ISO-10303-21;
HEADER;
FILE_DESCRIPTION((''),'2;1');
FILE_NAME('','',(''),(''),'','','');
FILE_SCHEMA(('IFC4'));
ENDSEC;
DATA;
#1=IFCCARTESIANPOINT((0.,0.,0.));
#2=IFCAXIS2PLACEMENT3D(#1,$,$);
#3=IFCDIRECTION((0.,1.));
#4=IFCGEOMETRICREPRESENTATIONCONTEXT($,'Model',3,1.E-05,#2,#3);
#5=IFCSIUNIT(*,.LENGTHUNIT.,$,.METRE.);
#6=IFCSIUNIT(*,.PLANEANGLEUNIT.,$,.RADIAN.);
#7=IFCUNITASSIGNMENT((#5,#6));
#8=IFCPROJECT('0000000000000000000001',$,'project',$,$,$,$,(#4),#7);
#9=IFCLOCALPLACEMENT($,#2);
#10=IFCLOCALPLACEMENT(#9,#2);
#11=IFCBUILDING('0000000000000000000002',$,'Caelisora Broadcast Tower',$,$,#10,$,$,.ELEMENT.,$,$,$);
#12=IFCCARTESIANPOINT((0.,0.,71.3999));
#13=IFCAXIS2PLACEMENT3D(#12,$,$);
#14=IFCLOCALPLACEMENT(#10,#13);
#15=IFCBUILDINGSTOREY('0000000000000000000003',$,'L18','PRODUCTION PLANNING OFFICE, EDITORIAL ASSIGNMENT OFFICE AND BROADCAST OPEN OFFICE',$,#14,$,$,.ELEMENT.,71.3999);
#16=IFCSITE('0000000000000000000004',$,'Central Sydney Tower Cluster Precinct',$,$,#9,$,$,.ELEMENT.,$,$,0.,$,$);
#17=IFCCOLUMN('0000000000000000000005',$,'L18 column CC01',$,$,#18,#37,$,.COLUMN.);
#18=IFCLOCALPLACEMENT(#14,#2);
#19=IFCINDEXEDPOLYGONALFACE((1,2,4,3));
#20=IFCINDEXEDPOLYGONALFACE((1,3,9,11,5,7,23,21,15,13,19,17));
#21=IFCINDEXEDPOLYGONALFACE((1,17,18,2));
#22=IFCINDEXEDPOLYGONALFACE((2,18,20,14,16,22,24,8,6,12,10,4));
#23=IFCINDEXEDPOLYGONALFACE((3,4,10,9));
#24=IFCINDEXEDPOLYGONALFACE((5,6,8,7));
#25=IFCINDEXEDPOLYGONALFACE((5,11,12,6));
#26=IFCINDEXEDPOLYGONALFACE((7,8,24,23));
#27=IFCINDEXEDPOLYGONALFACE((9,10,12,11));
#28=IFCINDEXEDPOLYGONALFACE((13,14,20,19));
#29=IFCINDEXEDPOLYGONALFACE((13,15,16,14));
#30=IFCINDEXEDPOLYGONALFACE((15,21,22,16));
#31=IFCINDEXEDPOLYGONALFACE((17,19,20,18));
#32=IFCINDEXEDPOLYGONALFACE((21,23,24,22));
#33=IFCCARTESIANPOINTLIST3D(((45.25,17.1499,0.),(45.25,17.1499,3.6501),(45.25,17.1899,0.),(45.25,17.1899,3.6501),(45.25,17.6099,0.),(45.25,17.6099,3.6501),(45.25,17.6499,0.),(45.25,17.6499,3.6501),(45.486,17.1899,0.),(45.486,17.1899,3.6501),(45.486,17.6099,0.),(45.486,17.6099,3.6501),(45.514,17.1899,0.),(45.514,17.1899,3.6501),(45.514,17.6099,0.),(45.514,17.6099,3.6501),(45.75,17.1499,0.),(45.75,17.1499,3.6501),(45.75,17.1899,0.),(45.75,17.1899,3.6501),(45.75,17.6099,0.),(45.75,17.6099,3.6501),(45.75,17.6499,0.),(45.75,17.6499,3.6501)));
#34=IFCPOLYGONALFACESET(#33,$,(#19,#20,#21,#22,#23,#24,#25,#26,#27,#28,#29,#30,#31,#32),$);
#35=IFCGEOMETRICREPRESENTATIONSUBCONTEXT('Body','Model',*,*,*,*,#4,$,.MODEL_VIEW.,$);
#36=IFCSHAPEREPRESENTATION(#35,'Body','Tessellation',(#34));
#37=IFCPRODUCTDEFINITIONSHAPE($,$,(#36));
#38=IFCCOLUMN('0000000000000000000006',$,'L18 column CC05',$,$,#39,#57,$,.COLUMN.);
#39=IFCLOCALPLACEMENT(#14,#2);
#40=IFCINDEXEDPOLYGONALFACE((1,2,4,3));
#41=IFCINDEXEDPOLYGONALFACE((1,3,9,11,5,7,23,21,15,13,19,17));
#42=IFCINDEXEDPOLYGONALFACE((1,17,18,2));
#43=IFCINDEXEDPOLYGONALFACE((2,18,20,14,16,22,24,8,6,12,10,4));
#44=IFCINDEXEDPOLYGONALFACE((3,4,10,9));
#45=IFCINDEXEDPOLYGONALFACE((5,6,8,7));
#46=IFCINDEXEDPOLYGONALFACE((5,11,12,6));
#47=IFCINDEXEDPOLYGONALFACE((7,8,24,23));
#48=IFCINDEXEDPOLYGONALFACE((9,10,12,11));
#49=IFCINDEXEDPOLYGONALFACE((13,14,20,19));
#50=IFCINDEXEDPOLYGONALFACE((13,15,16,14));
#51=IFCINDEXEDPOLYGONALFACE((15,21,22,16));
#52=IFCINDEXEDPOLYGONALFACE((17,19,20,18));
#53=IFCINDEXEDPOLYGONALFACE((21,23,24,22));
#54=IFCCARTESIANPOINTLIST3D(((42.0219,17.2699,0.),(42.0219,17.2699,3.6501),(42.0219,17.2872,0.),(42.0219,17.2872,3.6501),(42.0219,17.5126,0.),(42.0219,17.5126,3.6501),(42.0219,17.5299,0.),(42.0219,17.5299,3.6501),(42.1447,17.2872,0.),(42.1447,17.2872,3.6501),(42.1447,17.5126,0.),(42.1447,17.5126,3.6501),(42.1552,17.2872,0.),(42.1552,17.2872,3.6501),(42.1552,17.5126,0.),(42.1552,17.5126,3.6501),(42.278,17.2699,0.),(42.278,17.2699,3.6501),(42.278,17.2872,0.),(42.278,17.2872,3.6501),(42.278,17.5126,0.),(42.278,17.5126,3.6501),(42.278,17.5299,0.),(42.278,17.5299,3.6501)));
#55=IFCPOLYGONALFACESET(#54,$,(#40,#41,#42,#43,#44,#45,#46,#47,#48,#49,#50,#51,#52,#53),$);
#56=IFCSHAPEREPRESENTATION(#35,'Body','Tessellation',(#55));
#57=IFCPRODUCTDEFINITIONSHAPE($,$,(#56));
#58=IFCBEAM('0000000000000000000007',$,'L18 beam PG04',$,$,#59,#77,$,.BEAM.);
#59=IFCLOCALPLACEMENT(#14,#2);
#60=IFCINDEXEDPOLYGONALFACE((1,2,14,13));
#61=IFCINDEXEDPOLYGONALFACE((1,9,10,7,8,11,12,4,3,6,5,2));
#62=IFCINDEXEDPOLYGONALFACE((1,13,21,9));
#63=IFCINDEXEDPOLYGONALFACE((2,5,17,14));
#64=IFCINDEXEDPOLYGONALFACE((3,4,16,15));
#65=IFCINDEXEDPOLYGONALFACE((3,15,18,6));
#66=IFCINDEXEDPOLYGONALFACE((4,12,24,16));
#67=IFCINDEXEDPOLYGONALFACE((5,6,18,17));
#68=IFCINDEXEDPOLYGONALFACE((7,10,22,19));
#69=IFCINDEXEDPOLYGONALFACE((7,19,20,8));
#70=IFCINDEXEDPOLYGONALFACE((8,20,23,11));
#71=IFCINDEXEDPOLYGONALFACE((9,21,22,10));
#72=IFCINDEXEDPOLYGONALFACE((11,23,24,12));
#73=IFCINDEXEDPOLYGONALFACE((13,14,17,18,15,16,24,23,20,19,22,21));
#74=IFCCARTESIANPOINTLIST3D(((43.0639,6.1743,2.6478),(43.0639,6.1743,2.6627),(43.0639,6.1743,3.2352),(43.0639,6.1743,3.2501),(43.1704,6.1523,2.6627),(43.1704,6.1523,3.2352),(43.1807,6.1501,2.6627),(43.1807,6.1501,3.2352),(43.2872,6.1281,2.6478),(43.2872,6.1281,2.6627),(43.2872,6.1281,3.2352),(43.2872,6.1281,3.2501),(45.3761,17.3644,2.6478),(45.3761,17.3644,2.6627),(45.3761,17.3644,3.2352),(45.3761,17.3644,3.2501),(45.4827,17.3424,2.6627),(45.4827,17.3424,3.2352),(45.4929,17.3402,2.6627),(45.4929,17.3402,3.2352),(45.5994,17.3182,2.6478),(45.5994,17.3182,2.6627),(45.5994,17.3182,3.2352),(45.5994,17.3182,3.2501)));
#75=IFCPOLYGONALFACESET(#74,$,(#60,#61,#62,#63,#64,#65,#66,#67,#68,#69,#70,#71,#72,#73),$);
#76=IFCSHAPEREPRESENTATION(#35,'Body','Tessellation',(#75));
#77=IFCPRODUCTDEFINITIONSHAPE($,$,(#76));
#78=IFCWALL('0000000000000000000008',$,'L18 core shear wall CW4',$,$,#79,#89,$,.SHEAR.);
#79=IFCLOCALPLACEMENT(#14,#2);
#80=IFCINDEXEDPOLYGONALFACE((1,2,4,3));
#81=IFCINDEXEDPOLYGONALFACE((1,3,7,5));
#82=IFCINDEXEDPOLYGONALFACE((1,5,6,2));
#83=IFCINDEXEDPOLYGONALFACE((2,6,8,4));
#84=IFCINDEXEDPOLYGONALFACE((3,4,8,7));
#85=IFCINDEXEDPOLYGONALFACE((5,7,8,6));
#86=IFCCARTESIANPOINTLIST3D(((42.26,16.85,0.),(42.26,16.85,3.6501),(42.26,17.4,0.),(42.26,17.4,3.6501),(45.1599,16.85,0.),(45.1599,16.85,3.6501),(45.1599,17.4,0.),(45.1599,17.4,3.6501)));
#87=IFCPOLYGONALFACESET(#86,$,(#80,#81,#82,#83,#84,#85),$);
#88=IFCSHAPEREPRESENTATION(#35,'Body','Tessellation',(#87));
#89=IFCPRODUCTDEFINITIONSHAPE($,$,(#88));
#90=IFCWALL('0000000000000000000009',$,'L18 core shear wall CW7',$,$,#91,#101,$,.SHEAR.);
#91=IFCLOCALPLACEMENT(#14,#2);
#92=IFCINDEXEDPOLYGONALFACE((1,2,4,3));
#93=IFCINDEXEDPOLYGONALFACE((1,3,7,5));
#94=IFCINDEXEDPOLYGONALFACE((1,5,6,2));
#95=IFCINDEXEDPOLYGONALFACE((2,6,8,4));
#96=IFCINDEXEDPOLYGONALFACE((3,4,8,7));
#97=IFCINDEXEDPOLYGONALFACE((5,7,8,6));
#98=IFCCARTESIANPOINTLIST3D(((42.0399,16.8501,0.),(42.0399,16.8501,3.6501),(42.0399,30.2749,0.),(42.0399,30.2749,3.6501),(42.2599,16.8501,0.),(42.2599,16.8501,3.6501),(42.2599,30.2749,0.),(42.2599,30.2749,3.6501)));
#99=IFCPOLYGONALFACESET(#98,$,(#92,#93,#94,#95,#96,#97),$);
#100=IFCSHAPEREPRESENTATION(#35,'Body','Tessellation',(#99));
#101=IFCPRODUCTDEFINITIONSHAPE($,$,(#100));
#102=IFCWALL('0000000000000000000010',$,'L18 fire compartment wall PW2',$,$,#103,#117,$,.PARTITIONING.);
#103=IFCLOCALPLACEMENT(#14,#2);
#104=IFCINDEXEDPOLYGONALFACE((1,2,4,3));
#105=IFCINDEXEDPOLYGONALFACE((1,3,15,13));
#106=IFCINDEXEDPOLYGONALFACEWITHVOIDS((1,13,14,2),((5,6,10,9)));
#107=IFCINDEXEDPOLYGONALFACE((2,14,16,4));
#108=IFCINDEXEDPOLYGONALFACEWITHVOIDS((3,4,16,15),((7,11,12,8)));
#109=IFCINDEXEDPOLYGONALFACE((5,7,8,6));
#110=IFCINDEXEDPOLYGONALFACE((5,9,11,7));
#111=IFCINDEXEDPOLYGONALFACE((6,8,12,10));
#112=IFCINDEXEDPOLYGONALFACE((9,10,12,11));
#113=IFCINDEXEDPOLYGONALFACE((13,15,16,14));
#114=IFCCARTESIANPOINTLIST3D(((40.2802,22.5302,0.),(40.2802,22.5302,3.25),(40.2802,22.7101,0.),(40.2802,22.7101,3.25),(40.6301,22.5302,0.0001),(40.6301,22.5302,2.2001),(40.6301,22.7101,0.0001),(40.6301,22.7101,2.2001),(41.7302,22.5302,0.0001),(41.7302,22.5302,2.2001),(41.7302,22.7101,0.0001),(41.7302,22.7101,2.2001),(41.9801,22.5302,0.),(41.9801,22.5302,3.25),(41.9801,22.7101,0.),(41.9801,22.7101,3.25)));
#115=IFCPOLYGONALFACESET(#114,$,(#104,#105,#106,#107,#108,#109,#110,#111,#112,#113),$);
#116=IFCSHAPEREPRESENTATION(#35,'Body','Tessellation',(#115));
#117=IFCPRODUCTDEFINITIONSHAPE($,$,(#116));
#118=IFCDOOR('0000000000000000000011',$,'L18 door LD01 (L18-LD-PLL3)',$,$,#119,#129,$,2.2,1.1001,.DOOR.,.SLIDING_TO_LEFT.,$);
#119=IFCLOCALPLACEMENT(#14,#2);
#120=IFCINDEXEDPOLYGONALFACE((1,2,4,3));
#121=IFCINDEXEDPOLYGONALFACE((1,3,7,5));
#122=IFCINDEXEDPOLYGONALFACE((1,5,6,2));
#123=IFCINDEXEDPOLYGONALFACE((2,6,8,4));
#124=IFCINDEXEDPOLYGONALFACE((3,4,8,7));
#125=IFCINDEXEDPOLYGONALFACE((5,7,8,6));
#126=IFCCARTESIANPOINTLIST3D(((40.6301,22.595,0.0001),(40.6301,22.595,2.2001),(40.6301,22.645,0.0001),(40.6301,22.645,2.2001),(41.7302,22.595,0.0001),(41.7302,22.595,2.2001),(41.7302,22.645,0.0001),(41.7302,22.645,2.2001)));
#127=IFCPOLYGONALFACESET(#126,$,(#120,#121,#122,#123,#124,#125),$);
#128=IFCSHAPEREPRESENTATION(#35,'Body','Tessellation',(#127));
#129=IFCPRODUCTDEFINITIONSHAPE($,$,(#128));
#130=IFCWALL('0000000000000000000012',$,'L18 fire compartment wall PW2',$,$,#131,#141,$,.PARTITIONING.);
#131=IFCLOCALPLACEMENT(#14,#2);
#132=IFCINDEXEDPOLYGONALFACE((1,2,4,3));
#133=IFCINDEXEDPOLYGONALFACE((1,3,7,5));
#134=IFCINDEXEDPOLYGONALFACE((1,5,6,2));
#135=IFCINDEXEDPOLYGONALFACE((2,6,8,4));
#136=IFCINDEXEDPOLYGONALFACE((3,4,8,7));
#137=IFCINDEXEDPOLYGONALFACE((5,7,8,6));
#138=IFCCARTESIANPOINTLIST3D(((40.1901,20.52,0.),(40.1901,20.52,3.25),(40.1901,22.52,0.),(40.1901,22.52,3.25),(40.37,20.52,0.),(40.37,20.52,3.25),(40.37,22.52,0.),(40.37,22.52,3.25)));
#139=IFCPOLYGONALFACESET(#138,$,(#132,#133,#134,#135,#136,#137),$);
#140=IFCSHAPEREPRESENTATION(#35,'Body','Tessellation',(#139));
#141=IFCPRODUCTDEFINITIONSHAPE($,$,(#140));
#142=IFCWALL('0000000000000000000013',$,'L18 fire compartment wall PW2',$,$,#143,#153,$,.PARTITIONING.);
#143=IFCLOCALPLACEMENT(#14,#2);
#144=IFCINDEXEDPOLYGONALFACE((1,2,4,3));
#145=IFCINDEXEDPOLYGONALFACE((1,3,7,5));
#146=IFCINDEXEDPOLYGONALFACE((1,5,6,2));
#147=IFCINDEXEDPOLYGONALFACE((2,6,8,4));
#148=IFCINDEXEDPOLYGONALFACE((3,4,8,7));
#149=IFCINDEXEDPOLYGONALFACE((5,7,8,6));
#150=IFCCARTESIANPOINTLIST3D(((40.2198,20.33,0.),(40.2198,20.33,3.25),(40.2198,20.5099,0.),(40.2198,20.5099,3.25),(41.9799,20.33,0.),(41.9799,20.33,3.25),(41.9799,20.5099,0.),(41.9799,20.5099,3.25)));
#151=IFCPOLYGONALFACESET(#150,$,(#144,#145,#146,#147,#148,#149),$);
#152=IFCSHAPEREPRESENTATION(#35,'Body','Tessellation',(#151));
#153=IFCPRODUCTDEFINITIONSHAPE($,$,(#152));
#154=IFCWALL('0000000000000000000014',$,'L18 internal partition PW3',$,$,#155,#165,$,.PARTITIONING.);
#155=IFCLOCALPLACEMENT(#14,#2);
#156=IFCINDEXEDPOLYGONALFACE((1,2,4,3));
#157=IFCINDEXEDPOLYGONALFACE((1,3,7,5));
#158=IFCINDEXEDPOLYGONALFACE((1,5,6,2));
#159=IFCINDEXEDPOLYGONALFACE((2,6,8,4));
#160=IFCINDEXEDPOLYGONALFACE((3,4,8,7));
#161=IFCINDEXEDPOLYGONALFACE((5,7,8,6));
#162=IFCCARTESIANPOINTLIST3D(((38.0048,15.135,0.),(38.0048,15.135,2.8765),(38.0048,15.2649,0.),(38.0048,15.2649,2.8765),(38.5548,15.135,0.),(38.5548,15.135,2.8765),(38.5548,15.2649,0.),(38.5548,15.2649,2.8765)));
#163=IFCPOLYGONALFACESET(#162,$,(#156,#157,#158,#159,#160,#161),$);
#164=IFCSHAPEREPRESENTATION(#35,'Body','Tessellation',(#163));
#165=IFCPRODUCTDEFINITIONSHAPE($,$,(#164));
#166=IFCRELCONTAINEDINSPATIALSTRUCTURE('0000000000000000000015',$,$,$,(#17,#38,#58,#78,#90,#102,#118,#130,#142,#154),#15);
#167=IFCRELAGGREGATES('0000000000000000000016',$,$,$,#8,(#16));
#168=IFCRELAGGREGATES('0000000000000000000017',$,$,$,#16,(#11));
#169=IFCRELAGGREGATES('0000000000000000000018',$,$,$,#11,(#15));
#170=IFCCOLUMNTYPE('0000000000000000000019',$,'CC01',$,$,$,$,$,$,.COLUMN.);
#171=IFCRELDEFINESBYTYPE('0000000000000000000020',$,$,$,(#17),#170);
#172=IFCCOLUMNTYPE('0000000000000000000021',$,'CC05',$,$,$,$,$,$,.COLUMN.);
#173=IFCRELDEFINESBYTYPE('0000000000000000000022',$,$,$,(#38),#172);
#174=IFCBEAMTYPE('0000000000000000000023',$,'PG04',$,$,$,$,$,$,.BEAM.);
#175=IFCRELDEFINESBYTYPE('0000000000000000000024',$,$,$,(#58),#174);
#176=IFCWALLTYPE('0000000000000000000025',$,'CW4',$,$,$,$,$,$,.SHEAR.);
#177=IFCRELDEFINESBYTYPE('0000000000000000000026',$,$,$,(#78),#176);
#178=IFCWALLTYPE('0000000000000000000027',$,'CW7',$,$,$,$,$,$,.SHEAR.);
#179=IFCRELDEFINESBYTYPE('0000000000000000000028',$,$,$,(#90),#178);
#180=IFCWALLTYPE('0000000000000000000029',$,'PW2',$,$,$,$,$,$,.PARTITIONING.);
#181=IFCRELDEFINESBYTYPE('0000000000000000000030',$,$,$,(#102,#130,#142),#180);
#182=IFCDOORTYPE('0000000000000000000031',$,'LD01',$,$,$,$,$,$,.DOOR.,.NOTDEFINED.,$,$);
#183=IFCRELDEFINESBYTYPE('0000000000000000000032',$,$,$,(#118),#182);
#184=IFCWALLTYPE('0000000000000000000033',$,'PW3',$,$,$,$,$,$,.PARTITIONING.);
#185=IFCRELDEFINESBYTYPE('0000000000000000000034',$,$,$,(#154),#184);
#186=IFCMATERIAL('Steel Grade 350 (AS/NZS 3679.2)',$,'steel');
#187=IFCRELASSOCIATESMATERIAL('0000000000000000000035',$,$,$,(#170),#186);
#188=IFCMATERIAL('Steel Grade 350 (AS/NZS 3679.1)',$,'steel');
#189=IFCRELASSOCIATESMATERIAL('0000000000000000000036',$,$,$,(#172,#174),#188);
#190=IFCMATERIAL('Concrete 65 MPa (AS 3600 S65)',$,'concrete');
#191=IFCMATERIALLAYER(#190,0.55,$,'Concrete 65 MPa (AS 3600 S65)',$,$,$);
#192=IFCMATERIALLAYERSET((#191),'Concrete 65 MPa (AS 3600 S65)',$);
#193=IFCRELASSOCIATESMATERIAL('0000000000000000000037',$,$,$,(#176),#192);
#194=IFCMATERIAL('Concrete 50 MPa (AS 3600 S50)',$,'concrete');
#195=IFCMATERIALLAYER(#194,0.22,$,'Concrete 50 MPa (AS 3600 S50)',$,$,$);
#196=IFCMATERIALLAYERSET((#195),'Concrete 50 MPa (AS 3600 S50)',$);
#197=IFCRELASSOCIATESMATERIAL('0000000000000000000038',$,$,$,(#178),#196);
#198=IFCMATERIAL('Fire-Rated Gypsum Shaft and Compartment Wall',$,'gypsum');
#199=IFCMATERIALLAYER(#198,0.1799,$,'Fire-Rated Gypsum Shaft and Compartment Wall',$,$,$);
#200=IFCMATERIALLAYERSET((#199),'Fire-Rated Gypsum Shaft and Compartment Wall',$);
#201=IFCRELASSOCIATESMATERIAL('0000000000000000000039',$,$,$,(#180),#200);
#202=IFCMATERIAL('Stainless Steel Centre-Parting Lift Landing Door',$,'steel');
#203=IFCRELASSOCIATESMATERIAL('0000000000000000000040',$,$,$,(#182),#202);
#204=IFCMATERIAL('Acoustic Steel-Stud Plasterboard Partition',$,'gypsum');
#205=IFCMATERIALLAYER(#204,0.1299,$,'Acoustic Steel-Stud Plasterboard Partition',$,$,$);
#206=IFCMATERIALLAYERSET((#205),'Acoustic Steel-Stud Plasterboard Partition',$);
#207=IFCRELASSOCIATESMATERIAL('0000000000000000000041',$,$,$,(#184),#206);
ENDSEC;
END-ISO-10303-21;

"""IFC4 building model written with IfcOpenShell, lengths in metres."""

from ifc_helpers import new_model, si_unit, direction, frame, frame_2d, origin, origin_2d, place, context, subcontext, project, spatial, rectangle, i_section, extrude, source, transform, mapped, material, layer, layer_set, material_profile, profile_set, type_object, type_shapes, element, fill, save


model = new_model("IFC4")

# Units and contexts
model_context = context("Model", 3, precision=1e-05, world=origin(), true_north=direction((0.0, 1.0)))
body_context = subcontext(model_context, "Body", "Model", "MODEL_VIEW")
ifc_project = project(units=[si_unit("LENGTHUNIT", "METRE"), si_unit("PLANEANGLEUNIT", "RADIAN")], contexts=[model_context])

# Site, building, storey
site_placement = place(None, origin())
site = spatial("IfcSite", under=ifc_project, at=site_placement, Name="Central Sydney Tower Cluster Precinct", CompositionType="ELEMENT", RefElevation=0.0)
building_placement = place(site_placement, origin())
building = spatial("IfcBuilding", under=site, at=building_placement, Name="Caelisora Broadcast Tower", CompositionType="ELEMENT")
storey_placement = place(building_placement, frame((0.0, 0.0, 71.3999)))
storey = spatial("IfcBuildingStorey", under=building, at=storey_placement, Name="L18", Description="PRODUCTION PLANNING OFFICE, EDITORIAL ASSIGNMENT OFFICE AND BROADCAST OPEN OFFICE", CompositionType="ELEMENT", Elevation=71.3999)

# Columns
ifc_material_1 = material(Name="Steel Grade 350 (AS/NZS 3679.2)", Category="steel")
ifc_material_profile_1 = material_profile(ifc_material_1, i_section(OverallWidth=0.5, OverallDepth=0.5, WebThickness=0.0281, FlangeThickness=0.04, at=origin_2d()), Name="Steel Grade 350 (AS/NZS 3679.2)")
ifc_profile_set_1 = profile_set([ifc_material_profile_1], Name="Steel Grade 350 (AS/NZS 3679.2)")
column_type_1 = type_object("IfcColumnType", Name="CC01", PredefinedType="COLUMN", material=ifc_profile_set_1)
shared_shape_1 = source(origin(), body_context, "Body", "SweptSolid", [
    extrude(i_section(OverallWidth=0.5, OverallDepth=0.5, WebThickness=0.0281, FlangeThickness=0.04, at=origin_2d()), origin(), (0.0, 0.0, 1.0), 3.6501),
])
type_shapes(column_type_1, [shared_shape_1])
column_1_placement = place(storey_placement, frame((45.5, 17.3999, 0.0), z_axis=(0.0, 0.0, 1.0), x_axis=(1.0, 0.0, 0.0)))
element("IfcColumn", 1, at=column_1_placement, inside=storey, type_object=column_type_1, Name="L18 column CC01", PredefinedType="COLUMN", context=body_context, shape_type="MappedRepresentation", body=[
    mapped(shared_shape_1, transform((0.0, 0.0, 0.0), scale=1.0)),
])
ifc_material_2 = material(Name="Steel Grade 350 (AS/NZS 3679.1)", Category="steel")
ifc_material_profile_2 = material_profile(ifc_material_2, i_section(OverallWidth=0.2561, OverallDepth=0.26, WebThickness=0.0105, FlangeThickness=0.0173, at=origin_2d()), Name="Steel Grade 350 (AS/NZS 3679.1)")
ifc_profile_set_2 = profile_set([ifc_material_profile_2], Name="Steel Grade 350 (AS/NZS 3679.1)")
column_type_2 = type_object("IfcColumnType", Name="CC05", PredefinedType="COLUMN", material=ifc_profile_set_2)
shared_shape_2 = source(origin(), body_context, "Body", "SweptSolid", [
    extrude(i_section(OverallWidth=0.2561, OverallDepth=0.26, WebThickness=0.0105, FlangeThickness=0.0173, at=origin_2d()), origin(), (0.0, 0.0, 1.0), 3.6501),
])
type_shapes(column_type_2, [shared_shape_2])
column_2_placement = place(storey_placement, frame((42.1499, 17.3999, 0.0), z_axis=(0.0, 0.0, 1.0), x_axis=(1.0, 0.0, 0.0)))
element("IfcColumn", 2, at=column_2_placement, inside=storey, type_object=column_type_2, Name="L18 column CC05", PredefinedType="COLUMN", context=body_context, shape_type="MappedRepresentation", body=[
    mapped(shared_shape_2, transform((0.0, 0.0, 0.0), scale=1.0)),
])

# Beam
ifc_material_profile_3 = material_profile(ifc_material_2, i_section(OverallWidth=0.228, OverallDepth=0.6023, WebThickness=0.0105, FlangeThickness=0.0149, at=origin_2d()), Name="Steel Grade 350 (AS/NZS 3679.1)")
ifc_profile_set_3 = profile_set([ifc_material_profile_3], Name="Steel Grade 350 (AS/NZS 3679.1)")
beam_type = type_object("IfcBeamType", Name="PG04", PredefinedType="BEAM", material=ifc_profile_set_3)
shared_shape_3 = source(origin(), body_context, "Body", "SweptSolid", [
    extrude(i_section(OverallWidth=0.228, OverallDepth=0.6023, WebThickness=0.0105, FlangeThickness=0.0149, at=origin_2d()), origin(), (0.0, 0.0, 1.0), 11.4265),
])
type_shapes(beam_type, [shared_shape_3])
beam_placement = place(storey_placement, frame((45.4878, 17.3413, 2.949), z_axis=(-0.202358, -0.979312, 0.0), x_axis=(0.979312, -0.202358, 0.0)))
element("IfcBeam", 3, at=beam_placement, inside=storey, type_object=beam_type, Name="L18 beam PG04", PredefinedType="BEAM", context=body_context, shape_type="MappedRepresentation", body=[
    mapped(shared_shape_3, transform((0.0, 0.0, 0.0), scale=1.0)),
])

# Shared definitions
ifc_material_3 = material(Name="Concrete 65 MPa (AS 3600 S65)", Category="concrete")

# Walls
ifc_layer_1 = layer(ifc_material_3, 0.55, Name="Concrete 65 MPa (AS 3600 S65)")
ifc_layer_set_1 = layer_set([ifc_layer_1], Name="Concrete 65 MPa (AS 3600 S65)")
wall_type_1 = type_object("IfcWallType", Name="CW4", PredefinedType="SHEAR", material=ifc_layer_set_1)
wall_1_placement = place(storey_placement, frame((42.26, 17.125, 0.0), z_axis=(0.0, 0.0, 1.0), x_axis=(1.0, 0.0, 0.0)))
element("IfcWall", 4, at=wall_1_placement, inside=storey, type_object=wall_type_1, Name="L18 core shear wall CW4", PredefinedType="SHEAR", context=body_context, shape_type="SweptSolid", body=[
    extrude(rectangle(XDim=2.8999, YDim=0.55, at=frame_2d((1.45, 0.0))), origin(), (0.0, 0.0, 1.0), 3.6501),
])
ifc_material_4 = material(Name="Concrete 50 MPa (AS 3600 S50)", Category="concrete")
ifc_layer_2 = layer(ifc_material_4, 0.22, Name="Concrete 50 MPa (AS 3600 S50)")
ifc_layer_set_2 = layer_set([ifc_layer_2], Name="Concrete 50 MPa (AS 3600 S50)")
wall_type_2 = type_object("IfcWallType", Name="CW7", PredefinedType="SHEAR", material=ifc_layer_set_2)
wall_2_placement = place(storey_placement, frame((42.1499, 16.8501, 0.0), z_axis=(0.0, 0.0, 1.0), x_axis=(0.0, 1.0, 0.0)))
element("IfcWall", 5, at=wall_2_placement, inside=storey, type_object=wall_type_2, Name="L18 core shear wall CW7", PredefinedType="SHEAR", context=body_context, shape_type="SweptSolid", body=[
    extrude(rectangle(XDim=13.4248, YDim=0.22, at=frame_2d((6.7124, 0.0))), origin(), (0.0, 0.0, 1.0), 3.6501),
])

# Wall, opening, door
ifc_material_5 = material(Name="Fire-Rated Gypsum Shaft and Compartment Wall", Category="gypsum")
ifc_layer_3 = layer(ifc_material_5, 0.1799, Name="Fire-Rated Gypsum Shaft and Compartment Wall")
ifc_layer_set_3 = layer_set([ifc_layer_3], Name="Fire-Rated Gypsum Shaft and Compartment Wall")
wall_type_3 = type_object("IfcWallType", Name="PW2", PredefinedType="PARTITIONING", material=ifc_layer_set_3)
wall_3_placement = place(storey_placement, frame((40.28, 22.6201, 0.0), z_axis=(0.0, 0.0, 1.0), x_axis=(1.0, 0.0, 0.0)))
wall_3 = element("IfcWall", 6, at=wall_3_placement, inside=storey, type_object=wall_type_3, Name="L18 fire compartment wall PW2", PredefinedType="PARTITIONING", context=body_context, shape_type="SweptSolid", body=[
    extrude(rectangle(XDim=1.7, YDim=0.1799, at=frame_2d((0.8501, 0.0))), origin(), (0.0, 0.0, 1.0), 3.25),
])
opening_1_placement = place(wall_3_placement, frame((0.3501, 0.0, 0.0)))
opening_1 = element("IfcOpeningElement", 7, at=opening_1_placement, cuts=wall_3, PredefinedType="OPENING", context=body_context, shape_type="SweptSolid", body=[
    extrude(rectangle(XDim=1.1001, YDim=2.2, at=frame_2d((0.55, 1.1001))), frame((0.0, 0.1021, 0.0), z_axis=(0.0, -1.0, 0.0), x_axis=(1.0, 0.0, 0.0)), (0.0, 0.0, 1.0), 0.2039),
])
ifc_material_6 = material(Name="Stainless Steel Centre-Parting Lift Landing Door", Category="steel")
door_type_1 = type_object("IfcDoorType", Name="LD01", OperationType="NOTDEFINED", PredefinedType="DOOR", material=ifc_material_6)
door_1_placement = place(opening_1_placement, origin())
door_1 = element("IfcDoor", 8, at=door_1_placement, inside=storey, type_object=door_type_1, Name="L18 door LD01 (L18-LD-PLL3)", OperationType="SLIDING_TO_LEFT", OverallHeight=2.2, OverallWidth=1.1001, PredefinedType="DOOR", context=body_context, shape_type="SweptSolid", body=[
    extrude(rectangle(XDim=1.1001, YDim=2.2, at=frame_2d((0.55, 1.1001))), frame((0.0, 0.0249, 0.0), z_axis=(0.0, -1.0, 0.0), x_axis=(1.0, 0.0, 0.0)), (0.0, 0.0, 1.0), 0.05),
])
fill(opening_1, door_1)

# Walls
wall_4_placement = place(storey_placement, frame((40.28, 20.52, 0.0), z_axis=(0.0, 0.0, 1.0), x_axis=(0.0, 1.0, 0.0)))
element("IfcWall", 9, at=wall_4_placement, inside=storey, type_object=wall_type_3, Name="L18 fire compartment wall PW2", PredefinedType="PARTITIONING", context=body_context, shape_type="SweptSolid", body=[
    extrude(rectangle(XDim=2.0, YDim=0.1799, at=frame_2d((1.0, 0.0))), origin(), (0.0, 0.0, 1.0), 3.25),
])
wall_5_placement = place(storey_placement, frame((40.22, 20.4199, 0.0), z_axis=(0.0, 0.0, 1.0), x_axis=(1.0, 0.0, 0.0)))
element("IfcWall", 10, at=wall_5_placement, inside=storey, type_object=wall_type_3, Name="L18 fire compartment wall PW2", PredefinedType="PARTITIONING", context=body_context, shape_type="SweptSolid", body=[
    extrude(rectangle(XDim=1.76, YDim=0.1799, at=frame_2d((0.8799, 0.0))), origin(), (0.0, 0.0, 1.0), 3.25),
])

# Shared definitions
ifc_material_7 = material(Name="Acoustic Steel-Stud Plasterboard Partition", Category="gypsum")
ifc_layer_4 = layer(ifc_material_7, 0.1299, Name="Acoustic Steel-Stud Plasterboard Partition")
ifc_layer_set_4 = layer_set([ifc_layer_4], Name="Acoustic Steel-Stud Plasterboard Partition")
wall_type_4 = type_object("IfcWallType", Name="PW3", PredefinedType="PARTITIONING", material=ifc_layer_set_4)

# Wall
wall_6_placement = place(storey_placement, frame((38.0049, 15.2, 0.0), z_axis=(0.0, 0.0, 1.0), x_axis=(1.0, 0.0, 0.0)))
element("IfcWall", 11, at=wall_6_placement, inside=storey, type_object=wall_type_4, Name="L18 internal partition PW3", PredefinedType="PARTITIONING", context=body_context, shape_type="SweptSolid", body=[
    extrude(rectangle(XDim=0.55, YDim=0.1299, at=frame_2d((0.2749, 0.0))), origin(), (0.0, 0.0, 1.0), 2.8765),
])

save(model, "model.ifc")
